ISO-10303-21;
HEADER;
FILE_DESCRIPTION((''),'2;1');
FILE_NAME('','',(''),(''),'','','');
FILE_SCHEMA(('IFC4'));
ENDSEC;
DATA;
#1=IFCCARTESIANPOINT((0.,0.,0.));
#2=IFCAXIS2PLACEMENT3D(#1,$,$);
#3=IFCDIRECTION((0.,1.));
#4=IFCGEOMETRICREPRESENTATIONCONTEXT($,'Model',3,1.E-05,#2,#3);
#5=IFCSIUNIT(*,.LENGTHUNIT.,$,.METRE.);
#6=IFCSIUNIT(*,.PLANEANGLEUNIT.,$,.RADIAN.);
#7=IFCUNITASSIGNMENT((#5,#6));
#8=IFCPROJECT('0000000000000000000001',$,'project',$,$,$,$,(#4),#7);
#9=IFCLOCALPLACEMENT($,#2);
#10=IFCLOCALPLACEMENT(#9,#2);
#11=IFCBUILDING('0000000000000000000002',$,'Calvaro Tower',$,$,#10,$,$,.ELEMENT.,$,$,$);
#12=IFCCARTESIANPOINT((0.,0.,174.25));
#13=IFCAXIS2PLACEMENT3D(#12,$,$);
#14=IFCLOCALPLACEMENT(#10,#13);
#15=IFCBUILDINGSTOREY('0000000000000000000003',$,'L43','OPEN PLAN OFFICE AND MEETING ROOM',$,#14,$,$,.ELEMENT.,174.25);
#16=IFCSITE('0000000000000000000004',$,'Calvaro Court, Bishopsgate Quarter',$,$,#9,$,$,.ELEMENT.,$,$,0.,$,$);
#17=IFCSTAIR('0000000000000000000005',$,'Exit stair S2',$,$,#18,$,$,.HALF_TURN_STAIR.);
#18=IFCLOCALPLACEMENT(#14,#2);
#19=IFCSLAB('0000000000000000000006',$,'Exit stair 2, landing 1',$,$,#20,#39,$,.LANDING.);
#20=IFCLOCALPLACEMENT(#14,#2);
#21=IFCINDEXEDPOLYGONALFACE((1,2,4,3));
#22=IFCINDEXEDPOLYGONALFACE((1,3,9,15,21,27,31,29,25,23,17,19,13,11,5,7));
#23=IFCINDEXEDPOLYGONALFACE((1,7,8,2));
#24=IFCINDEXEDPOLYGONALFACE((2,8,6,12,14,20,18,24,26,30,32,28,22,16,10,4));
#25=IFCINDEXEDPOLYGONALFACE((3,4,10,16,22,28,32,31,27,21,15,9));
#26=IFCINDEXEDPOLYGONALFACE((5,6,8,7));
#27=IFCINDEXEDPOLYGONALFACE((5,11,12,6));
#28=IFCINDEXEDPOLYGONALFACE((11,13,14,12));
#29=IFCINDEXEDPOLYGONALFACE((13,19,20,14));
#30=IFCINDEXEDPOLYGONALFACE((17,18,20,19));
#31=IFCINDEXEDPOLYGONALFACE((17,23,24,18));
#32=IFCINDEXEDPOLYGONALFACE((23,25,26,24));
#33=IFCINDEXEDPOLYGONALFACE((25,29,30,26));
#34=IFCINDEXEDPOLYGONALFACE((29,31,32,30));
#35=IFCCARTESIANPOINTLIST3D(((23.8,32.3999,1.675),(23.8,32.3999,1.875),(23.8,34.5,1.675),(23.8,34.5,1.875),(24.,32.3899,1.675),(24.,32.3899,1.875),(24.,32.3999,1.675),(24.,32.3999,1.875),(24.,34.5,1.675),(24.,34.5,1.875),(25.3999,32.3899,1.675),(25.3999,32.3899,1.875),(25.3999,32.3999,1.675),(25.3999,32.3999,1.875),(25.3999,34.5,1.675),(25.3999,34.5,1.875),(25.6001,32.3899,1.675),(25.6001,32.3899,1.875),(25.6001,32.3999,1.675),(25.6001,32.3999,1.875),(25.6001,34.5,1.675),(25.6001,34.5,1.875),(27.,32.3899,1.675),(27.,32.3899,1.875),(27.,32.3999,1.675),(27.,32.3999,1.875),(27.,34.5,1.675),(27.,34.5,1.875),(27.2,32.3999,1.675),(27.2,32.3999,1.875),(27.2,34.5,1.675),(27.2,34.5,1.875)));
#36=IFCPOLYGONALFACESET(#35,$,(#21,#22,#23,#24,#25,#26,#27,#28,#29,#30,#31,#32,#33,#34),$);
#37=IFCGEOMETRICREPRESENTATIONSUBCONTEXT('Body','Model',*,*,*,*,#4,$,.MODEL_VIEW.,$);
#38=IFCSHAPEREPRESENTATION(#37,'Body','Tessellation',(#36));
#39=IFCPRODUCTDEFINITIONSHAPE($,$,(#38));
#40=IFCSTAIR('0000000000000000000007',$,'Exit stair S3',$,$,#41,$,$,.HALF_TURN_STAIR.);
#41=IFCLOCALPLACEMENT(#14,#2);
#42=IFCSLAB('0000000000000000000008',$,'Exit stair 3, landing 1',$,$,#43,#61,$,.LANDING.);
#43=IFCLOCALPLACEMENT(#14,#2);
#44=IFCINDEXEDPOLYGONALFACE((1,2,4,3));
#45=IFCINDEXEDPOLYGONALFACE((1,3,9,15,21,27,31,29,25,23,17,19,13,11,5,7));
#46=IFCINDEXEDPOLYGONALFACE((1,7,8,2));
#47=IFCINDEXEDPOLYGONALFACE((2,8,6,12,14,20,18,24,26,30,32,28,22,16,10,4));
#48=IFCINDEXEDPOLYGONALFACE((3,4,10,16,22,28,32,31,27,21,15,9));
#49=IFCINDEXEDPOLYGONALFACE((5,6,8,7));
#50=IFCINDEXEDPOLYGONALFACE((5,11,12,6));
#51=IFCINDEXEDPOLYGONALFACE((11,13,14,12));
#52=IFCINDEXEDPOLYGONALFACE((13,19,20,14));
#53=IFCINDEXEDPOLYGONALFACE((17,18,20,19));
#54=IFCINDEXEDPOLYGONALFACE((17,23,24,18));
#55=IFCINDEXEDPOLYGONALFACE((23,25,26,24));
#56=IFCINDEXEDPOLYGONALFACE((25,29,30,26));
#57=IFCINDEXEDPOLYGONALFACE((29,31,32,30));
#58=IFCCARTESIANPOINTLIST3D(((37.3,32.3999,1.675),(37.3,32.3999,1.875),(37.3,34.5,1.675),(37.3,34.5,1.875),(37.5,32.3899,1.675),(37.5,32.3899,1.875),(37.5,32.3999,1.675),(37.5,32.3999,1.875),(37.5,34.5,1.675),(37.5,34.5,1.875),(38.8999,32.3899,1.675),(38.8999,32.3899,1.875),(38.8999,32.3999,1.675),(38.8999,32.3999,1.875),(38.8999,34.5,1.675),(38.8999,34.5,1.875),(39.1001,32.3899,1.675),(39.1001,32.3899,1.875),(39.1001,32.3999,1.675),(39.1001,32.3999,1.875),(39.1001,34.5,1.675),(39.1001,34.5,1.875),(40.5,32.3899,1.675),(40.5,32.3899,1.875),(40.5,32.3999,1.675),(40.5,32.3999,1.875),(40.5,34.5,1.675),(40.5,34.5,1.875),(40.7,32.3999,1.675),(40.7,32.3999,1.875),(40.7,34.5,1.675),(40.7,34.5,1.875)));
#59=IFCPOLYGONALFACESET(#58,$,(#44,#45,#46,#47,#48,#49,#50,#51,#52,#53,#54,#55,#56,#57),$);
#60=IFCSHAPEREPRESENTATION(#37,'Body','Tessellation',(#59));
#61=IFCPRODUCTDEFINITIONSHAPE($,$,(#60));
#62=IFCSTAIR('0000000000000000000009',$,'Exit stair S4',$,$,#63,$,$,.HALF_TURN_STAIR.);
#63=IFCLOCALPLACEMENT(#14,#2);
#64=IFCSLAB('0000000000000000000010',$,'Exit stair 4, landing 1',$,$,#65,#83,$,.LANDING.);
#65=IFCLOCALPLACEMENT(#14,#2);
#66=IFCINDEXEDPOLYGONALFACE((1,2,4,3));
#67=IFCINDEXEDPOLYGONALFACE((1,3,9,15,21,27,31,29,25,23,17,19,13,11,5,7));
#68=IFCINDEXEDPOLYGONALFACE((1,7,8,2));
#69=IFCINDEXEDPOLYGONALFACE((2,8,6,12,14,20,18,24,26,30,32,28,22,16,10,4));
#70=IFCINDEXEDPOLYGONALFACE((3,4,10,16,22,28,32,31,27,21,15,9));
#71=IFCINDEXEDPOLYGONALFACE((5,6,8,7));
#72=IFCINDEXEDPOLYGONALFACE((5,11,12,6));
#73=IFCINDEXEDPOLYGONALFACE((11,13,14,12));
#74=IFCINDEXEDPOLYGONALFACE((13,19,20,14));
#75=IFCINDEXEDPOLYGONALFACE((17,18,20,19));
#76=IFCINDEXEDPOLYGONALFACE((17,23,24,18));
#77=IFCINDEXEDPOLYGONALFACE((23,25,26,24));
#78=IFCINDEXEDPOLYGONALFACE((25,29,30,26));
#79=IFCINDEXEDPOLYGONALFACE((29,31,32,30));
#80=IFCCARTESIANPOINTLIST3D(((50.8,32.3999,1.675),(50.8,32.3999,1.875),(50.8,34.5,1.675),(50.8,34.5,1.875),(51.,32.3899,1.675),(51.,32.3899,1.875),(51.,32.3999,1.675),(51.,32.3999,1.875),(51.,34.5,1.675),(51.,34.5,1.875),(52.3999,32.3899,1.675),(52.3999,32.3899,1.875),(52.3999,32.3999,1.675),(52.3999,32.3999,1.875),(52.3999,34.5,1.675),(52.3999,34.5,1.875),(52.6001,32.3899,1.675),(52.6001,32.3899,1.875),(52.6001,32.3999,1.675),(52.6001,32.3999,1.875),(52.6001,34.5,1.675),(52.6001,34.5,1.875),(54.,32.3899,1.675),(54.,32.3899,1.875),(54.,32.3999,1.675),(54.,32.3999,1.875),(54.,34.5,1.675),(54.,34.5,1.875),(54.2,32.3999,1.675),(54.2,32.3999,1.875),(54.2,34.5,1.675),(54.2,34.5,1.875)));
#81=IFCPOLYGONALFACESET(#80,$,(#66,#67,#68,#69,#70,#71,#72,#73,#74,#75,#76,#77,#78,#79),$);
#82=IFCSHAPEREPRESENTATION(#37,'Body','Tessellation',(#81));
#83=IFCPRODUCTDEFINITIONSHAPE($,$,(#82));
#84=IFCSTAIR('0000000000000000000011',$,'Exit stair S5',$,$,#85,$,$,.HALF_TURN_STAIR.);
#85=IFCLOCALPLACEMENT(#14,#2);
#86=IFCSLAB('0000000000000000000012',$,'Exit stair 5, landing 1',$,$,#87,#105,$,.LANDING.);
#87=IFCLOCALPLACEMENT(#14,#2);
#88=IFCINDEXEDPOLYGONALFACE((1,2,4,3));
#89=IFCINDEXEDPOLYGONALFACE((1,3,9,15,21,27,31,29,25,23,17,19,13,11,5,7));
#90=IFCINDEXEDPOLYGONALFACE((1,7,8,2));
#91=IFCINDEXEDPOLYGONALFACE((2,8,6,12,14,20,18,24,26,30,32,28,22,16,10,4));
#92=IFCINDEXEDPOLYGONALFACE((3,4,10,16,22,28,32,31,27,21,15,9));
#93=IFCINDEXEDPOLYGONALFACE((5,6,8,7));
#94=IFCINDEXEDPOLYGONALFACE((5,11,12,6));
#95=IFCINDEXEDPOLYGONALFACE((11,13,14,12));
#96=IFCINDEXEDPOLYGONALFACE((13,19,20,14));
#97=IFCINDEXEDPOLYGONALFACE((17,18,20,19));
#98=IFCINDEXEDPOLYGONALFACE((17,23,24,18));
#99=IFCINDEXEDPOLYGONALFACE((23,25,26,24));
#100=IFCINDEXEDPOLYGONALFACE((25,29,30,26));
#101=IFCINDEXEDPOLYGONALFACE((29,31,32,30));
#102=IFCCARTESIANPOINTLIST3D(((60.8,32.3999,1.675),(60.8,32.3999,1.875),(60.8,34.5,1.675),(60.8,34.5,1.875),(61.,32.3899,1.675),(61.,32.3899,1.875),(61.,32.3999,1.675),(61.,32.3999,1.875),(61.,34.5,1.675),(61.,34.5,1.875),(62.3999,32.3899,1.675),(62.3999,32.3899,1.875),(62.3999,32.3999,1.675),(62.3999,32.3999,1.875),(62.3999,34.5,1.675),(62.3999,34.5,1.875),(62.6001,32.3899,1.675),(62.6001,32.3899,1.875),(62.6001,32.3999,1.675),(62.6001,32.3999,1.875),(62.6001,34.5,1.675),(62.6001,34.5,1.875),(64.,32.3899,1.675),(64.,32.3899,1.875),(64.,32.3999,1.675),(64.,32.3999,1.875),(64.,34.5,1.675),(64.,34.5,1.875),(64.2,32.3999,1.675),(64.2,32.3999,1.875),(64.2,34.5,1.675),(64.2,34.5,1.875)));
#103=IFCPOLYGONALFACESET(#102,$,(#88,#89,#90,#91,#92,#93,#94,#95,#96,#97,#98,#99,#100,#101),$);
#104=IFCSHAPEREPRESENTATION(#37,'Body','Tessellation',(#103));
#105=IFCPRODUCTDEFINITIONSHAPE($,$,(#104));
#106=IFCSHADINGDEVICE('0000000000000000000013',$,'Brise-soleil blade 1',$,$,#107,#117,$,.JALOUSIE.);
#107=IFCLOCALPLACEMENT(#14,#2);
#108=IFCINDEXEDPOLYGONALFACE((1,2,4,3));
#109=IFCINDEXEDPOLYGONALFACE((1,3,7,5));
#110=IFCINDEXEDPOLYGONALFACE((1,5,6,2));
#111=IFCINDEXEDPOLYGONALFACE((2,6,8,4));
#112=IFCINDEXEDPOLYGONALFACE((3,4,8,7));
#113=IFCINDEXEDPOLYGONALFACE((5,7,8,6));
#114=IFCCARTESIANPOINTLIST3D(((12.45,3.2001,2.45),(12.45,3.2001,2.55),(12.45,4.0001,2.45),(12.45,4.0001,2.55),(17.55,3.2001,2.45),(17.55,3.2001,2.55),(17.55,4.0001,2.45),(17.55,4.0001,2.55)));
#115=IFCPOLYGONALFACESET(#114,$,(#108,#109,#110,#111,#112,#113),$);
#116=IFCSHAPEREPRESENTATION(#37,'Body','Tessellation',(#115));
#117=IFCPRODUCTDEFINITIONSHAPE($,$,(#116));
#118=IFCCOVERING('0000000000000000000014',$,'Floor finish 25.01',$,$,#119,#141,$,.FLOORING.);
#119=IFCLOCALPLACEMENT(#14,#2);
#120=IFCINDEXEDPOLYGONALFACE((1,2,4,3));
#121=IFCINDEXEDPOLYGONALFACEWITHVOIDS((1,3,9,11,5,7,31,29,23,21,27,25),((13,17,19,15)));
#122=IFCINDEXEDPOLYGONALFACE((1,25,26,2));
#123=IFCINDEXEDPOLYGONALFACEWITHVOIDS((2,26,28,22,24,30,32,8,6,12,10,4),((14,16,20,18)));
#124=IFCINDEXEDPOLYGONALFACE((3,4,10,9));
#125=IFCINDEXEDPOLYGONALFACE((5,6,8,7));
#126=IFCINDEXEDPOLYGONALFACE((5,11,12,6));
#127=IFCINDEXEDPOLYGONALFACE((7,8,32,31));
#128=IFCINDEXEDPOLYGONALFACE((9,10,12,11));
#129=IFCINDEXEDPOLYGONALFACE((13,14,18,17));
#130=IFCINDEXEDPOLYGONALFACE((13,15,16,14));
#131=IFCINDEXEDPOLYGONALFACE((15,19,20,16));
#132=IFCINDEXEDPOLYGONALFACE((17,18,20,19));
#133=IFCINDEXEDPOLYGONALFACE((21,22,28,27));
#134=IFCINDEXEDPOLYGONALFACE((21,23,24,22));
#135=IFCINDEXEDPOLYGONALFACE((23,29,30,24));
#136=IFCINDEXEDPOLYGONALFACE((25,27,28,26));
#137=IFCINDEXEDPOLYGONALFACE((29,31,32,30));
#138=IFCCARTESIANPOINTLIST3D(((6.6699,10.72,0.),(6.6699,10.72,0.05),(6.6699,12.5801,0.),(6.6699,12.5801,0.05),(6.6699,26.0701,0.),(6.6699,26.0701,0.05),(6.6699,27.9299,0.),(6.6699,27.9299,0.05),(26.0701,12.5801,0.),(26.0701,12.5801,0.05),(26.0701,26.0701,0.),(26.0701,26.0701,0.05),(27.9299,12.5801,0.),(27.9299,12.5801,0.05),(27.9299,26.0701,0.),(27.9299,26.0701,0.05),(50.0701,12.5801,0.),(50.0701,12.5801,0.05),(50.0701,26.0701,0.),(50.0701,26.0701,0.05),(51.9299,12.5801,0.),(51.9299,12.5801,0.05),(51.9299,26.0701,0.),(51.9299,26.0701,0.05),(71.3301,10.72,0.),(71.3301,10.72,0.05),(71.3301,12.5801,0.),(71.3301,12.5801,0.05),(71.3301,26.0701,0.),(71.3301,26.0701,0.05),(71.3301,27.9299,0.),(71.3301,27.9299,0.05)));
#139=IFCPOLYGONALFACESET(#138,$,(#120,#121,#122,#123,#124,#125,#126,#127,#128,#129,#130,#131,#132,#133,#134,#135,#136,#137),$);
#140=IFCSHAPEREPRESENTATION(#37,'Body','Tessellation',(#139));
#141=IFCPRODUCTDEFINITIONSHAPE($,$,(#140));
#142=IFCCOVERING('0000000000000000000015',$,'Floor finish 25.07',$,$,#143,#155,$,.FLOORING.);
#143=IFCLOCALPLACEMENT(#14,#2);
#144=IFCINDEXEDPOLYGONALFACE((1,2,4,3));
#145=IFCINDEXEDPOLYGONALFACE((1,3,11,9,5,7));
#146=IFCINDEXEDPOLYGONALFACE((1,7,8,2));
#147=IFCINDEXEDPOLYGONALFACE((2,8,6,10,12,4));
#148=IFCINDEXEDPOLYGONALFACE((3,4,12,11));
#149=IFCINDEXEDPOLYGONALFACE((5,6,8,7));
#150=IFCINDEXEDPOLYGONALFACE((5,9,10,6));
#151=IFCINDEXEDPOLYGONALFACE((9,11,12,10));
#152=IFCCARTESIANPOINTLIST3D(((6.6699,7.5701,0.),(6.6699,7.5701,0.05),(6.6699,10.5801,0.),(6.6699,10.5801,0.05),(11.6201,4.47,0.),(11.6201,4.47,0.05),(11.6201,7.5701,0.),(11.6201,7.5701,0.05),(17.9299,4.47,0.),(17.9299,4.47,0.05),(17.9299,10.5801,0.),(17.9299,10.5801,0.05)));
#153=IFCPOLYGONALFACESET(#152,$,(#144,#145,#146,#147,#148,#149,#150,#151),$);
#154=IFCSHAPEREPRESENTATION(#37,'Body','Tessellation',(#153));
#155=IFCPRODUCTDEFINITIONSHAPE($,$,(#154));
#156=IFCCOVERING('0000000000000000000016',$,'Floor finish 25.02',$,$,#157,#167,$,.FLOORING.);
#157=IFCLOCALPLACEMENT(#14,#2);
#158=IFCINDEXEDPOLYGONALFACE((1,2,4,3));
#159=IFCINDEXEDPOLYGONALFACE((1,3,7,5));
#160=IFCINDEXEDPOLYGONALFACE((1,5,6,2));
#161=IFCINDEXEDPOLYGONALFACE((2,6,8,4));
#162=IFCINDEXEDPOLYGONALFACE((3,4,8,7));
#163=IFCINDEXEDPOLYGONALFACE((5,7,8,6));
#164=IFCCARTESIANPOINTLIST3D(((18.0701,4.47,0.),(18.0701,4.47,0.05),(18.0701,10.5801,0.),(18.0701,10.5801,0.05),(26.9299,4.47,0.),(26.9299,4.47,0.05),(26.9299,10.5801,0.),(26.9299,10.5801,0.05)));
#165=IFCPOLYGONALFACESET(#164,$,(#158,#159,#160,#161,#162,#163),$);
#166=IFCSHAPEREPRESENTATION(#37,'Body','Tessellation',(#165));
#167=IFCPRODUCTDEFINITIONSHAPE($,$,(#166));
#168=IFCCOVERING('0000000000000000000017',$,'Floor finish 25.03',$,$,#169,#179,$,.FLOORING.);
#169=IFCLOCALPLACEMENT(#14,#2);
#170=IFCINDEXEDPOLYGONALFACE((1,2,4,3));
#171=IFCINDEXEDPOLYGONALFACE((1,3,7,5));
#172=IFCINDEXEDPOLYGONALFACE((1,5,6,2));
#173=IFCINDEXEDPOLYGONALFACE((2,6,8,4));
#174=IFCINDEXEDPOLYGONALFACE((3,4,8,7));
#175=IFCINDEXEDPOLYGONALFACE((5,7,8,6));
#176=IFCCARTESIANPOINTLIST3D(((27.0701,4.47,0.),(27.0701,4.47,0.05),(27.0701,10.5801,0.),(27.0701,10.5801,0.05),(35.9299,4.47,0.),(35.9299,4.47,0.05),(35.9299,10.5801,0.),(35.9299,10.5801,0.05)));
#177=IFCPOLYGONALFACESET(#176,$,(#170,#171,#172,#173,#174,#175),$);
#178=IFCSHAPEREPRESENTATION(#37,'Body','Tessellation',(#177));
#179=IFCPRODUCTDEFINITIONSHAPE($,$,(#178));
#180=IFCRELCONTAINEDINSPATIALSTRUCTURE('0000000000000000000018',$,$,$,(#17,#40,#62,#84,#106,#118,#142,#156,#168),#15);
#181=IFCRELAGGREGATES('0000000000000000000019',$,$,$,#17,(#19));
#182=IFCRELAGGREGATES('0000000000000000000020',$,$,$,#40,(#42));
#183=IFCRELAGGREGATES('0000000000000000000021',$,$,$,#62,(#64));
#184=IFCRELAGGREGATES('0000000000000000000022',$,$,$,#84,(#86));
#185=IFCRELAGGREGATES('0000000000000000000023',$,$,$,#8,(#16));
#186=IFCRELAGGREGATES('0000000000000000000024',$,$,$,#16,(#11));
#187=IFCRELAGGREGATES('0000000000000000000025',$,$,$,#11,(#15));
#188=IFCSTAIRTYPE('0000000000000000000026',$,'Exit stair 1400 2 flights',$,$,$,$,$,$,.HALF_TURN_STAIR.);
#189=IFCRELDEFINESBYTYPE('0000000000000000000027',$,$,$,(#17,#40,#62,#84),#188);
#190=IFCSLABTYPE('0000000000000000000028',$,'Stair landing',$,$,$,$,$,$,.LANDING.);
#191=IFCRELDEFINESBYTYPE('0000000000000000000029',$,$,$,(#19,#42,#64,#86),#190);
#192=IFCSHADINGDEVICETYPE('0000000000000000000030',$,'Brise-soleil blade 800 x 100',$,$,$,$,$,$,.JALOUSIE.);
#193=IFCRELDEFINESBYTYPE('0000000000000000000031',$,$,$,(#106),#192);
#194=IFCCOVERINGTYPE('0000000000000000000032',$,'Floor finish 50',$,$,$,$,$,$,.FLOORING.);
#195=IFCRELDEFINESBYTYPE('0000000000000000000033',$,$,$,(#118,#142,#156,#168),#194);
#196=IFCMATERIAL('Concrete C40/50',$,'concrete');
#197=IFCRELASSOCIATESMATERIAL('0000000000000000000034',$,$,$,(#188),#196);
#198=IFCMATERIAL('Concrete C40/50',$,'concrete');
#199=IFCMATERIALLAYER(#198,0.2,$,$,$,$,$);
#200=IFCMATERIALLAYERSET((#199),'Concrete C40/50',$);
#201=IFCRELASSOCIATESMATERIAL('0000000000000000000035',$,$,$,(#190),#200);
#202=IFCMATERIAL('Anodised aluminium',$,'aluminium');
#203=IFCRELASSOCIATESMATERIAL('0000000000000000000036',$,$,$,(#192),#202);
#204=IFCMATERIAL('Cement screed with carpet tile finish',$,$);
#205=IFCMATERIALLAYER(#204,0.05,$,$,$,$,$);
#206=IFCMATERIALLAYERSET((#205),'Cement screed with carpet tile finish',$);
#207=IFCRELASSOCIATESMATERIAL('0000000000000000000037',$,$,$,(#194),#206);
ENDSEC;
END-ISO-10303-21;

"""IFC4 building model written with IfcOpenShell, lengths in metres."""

from ifc_helpers import new_model, si_unit, direction, frame, origin, origin_2d, place, context, subcontext, project, spatial, polyline, rectangle, outline, extrude, material, layer, layer_set, material_profile, profile_set, type_object, element, aggregate, save


model = new_model("IFC4")

# Units and contexts
model_context = context("Model", 3, precision=1e-05, world=origin(), true_north=direction((0.0, 1.0)))
body_context = subcontext(model_context, "Body", "Model", "MODEL_VIEW")
ifc_project = project(units=[si_unit("LENGTHUNIT", "METRE"), si_unit("PLANEANGLEUNIT", "RADIAN")], contexts=[model_context])

# Site, building, storey
site_placement = place(None, origin())
site = spatial("IfcSite", under=ifc_project, at=site_placement, Name="Calvaro Court, Bishopsgate Quarter", CompositionType="ELEMENT", RefElevation=0.0)
building_placement = place(site_placement, origin())
building = spatial("IfcBuilding", under=site, at=building_placement, Name="Calvaro Tower", CompositionType="ELEMENT")
storey_placement = place(building_placement, frame((0.0, 0.0, 174.25)))
storey = spatial("IfcBuildingStorey", under=building, at=storey_placement, Name="L43", Description="OPEN PLAN OFFICE AND MEETING ROOM", CompositionType="ELEMENT", Elevation=174.25)

# Stairs, slabs
ifc_material_1 = material(Name="Concrete C40/50", Category="concrete")
stair_type = type_object("IfcStairType", Name="Exit stair 1400 2 flights", PredefinedType="HALF_TURN_STAIR", material=ifc_material_1)
ifc_material_2 = material(Name="Concrete C40/50", Category="concrete")
ifc_layer_1 = layer(ifc_material_2, 0.2)
ifc_layer_set_1 = layer_set([ifc_layer_1], Name="Concrete C40/50")
slab_type_1 = type_object("IfcSlabType", Name="Stair landing", PredefinedType="LANDING", material=ifc_layer_set_1)
stair_1_placement = place(storey_placement, origin())
stair_1 = element("IfcStair", 1, at=stair_1_placement, inside=storey, type_object=stair_type, Name="Exit stair S2", PredefinedType="HALF_TURN_STAIR")
slab_1_placement = place(storey_placement, frame((0.0, 0.0, 1.675)))
slab_1 = element("IfcSlab", 2, at=slab_1_placement, type_object=slab_type_1, Name="Exit stair 2, landing 1", PredefinedType="LANDING", context=body_context, shape_type="SweptSolid", body=[
    extrude(outline(polyline([(25.3999, 32.3899), (24.0, 32.3899), (24.0, 32.3999), (23.8, 32.3999), (23.8, 34.5), (24.0, 34.5), (25.3999, 34.5), (25.6001, 34.5), (27.0, 34.5), (27.2, 34.5), (27.2, 32.3999), (27.0, 32.3999), (27.0, 32.3899), (25.6001, 32.3899), (25.6001, 32.3999), (25.3999, 32.3999), (25.3999, 32.3899)])), origin(), (0.0, 0.0, 1.0), 0.2),
])
aggregate(stair_1, [slab_1])
stair_2_placement = place(storey_placement, origin())
stair_2 = element("IfcStair", 3, at=stair_2_placement, inside=storey, type_object=stair_type, Name="Exit stair S3", PredefinedType="HALF_TURN_STAIR")
slab_2_placement = place(storey_placement, frame((0.0, 0.0, 1.675)))
slab_2 = element("IfcSlab", 4, at=slab_2_placement, type_object=slab_type_1, Name="Exit stair 3, landing 1", PredefinedType="LANDING", context=body_context, shape_type="SweptSolid", body=[
    extrude(outline(polyline([(38.8999, 32.3899), (37.5, 32.3899), (37.5, 32.3999), (37.3, 32.3999), (37.3, 34.5), (37.5, 34.5), (38.8999, 34.5), (39.1001, 34.5), (40.5, 34.5), (40.7, 34.5), (40.7, 32.3999), (40.5, 32.3999), (40.5, 32.3899), (39.1001, 32.3899), (39.1001, 32.3999), (38.8999, 32.3999), (38.8999, 32.3899)])), origin(), (0.0, 0.0, 1.0), 0.2),
])
aggregate(stair_2, [slab_2])
stair_3_placement = place(storey_placement, origin())
stair_3 = element("IfcStair", 5, at=stair_3_placement, inside=storey, type_object=stair_type, Name="Exit stair S4", PredefinedType="HALF_TURN_STAIR")
slab_3_placement = place(storey_placement, frame((0.0, 0.0, 1.675)))
slab_3 = element("IfcSlab", 6, at=slab_3_placement, type_object=slab_type_1, Name="Exit stair 4, landing 1", PredefinedType="LANDING", context=body_context, shape_type="SweptSolid", body=[
    extrude(outline(polyline([(52.3999, 32.3899), (51.0, 32.3899), (51.0, 32.3999), (50.8, 32.3999), (50.8, 34.5), (51.0, 34.5), (52.3999, 34.5), (52.6001, 34.5), (54.0, 34.5), (54.2, 34.5), (54.2, 32.3999), (54.0, 32.3999), (54.0, 32.3899), (52.6001, 32.3899), (52.6001, 32.3999), (52.3999, 32.3999), (52.3999, 32.3899)])), origin(), (0.0, 0.0, 1.0), 0.2),
])
aggregate(stair_3, [slab_3])
stair_4_placement = place(storey_placement, origin())
stair_4 = element("IfcStair", 7, at=stair_4_placement, inside=storey, type_object=stair_type, Name="Exit stair S5", PredefinedType="HALF_TURN_STAIR")
slab_4_placement = place(storey_placement, frame((0.0, 0.0, 1.675)))
slab_4 = element("IfcSlab", 8, at=slab_4_placement, type_object=slab_type_1, Name="Exit stair 5, landing 1", PredefinedType="LANDING", context=body_context, shape_type="SweptSolid", body=[
    extrude(outline(polyline([(62.3999, 32.3899), (61.0, 32.3899), (61.0, 32.3999), (60.8, 32.3999), (60.8, 34.5), (61.0, 34.5), (62.3999, 34.5), (62.6001, 34.5), (64.0, 34.5), (64.2, 34.5), (64.2, 32.3999), (64.0, 32.3999), (64.0, 32.3899), (62.6001, 32.3899), (62.6001, 32.3999), (62.3999, 32.3999), (62.3999, 32.3899)])), origin(), (0.0, 0.0, 1.0), 0.2),
])
aggregate(stair_4, [slab_4])

# Shading device
ifc_material_3 = material(Name="Anodised aluminium", Category="aluminium")
ifc_material_profile_1 = material_profile(ifc_material_3, rectangle(XDim=0.8, YDim=0.1001, at=origin_2d()), Name="Brise-soleil blade 800 x 100")
ifc_profile_set_1 = profile_set([ifc_material_profile_1], Name="Anodised aluminium")
shading_device_type = type_object("IfcShadingDeviceType", Name="Brise-soleil blade 800 x 100", PredefinedType="JALOUSIE", material=ifc_profile_set_1)
shading_device_placement = place(storey_placement, frame((12.45, 3.6001, 2.5), z_axis=(1.0, 0.0, 0.0), x_axis=(0.0, 1.0, 0.0)))
element("IfcShadingDevice", 9, at=shading_device_placement, inside=storey, type_object=shading_device_type, Name="Brise-soleil blade 1", PredefinedType="JALOUSIE", context=body_context, shape_type="SweptSolid", body=[
    extrude(rectangle(XDim=0.8, YDim=0.1001, at=origin_2d()), origin(), (0.0, 0.0, 1.0), 5.1001),
])

# Coverings
ifc_material_4 = material(Name="Cement screed with carpet tile finish")
ifc_layer_2 = layer(ifc_material_4, 0.05)
ifc_layer_set_2 = layer_set([ifc_layer_2], Name="Cement screed with carpet tile finish")
covering_type = type_object("IfcCoveringType", Name="Floor finish 50", PredefinedType="FLOORING", material=ifc_layer_set_2)
covering_1_placement = place(storey_placement, origin())
element("IfcCovering", 10, at=covering_1_placement, inside=storey, type_object=covering_type, Name="Floor finish 25.01", PredefinedType="FLOORING", context=body_context, shape_type="SweptSolid", body=[
    extrude(outline(polyline([(6.6699, 10.72), (6.6699, 12.5801), (26.0701, 12.5801), (26.0701, 26.0701), (6.6699, 26.0701), (6.6699, 27.9299), (71.3301, 27.9299), (71.3301, 26.0701), (51.9299, 26.0701), (51.9299, 12.5801), (71.3301, 12.5801), (71.3301, 10.72), (6.6699, 10.72)]), holes=[polyline([(50.0701, 12.5801), (50.0701, 26.0701), (27.9299, 26.0701), (27.9299, 12.5801), (50.0701, 12.5801)])]), origin(), (0.0, 0.0, 1.0), 0.05),
])
covering_2_placement = place(storey_placement, origin())
element("IfcCovering", 11, at=covering_2_placement, inside=storey, type_object=covering_type, Name="Floor finish 25.07", PredefinedType="FLOORING", context=body_context, shape_type="SweptSolid", body=[
    extrude(outline(polyline([(17.9299, 10.5801), (17.9299, 4.47), (11.6201, 4.47), (11.6201, 7.5701), (6.6699, 7.5701), (6.6699, 10.5801), (17.9299, 10.5801)])), origin(), (0.0, 0.0, 1.0), 0.05),
])
covering_3_placement = place(storey_placement, origin())
element("IfcCovering", 12, at=covering_3_placement, inside=storey, type_object=covering_type, Name="Floor finish 25.02", PredefinedType="FLOORING", context=body_context, shape_type="SweptSolid", body=[
    extrude(outline(polyline([(18.0701, 10.5801), (26.9299, 10.5801), (26.9299, 4.47), (18.0701, 4.47), (18.0701, 10.5801)])), origin(), (0.0, 0.0, 1.0), 0.05),
])
covering_4_placement = place(storey_placement, origin())
element("IfcCovering", 13, at=covering_4_placement, inside=storey, type_object=covering_type, Name="Floor finish 25.03", PredefinedType="FLOORING", context=body_context, shape_type="SweptSolid", body=[
    extrude(outline(polyline([(27.0701, 10.5801), (35.9299, 10.5801), (35.9299, 4.47), (27.0701, 4.47), (27.0701, 10.5801)])), origin(), (0.0, 0.0, 1.0), 0.05),
])

save(model, "model.ifc")
